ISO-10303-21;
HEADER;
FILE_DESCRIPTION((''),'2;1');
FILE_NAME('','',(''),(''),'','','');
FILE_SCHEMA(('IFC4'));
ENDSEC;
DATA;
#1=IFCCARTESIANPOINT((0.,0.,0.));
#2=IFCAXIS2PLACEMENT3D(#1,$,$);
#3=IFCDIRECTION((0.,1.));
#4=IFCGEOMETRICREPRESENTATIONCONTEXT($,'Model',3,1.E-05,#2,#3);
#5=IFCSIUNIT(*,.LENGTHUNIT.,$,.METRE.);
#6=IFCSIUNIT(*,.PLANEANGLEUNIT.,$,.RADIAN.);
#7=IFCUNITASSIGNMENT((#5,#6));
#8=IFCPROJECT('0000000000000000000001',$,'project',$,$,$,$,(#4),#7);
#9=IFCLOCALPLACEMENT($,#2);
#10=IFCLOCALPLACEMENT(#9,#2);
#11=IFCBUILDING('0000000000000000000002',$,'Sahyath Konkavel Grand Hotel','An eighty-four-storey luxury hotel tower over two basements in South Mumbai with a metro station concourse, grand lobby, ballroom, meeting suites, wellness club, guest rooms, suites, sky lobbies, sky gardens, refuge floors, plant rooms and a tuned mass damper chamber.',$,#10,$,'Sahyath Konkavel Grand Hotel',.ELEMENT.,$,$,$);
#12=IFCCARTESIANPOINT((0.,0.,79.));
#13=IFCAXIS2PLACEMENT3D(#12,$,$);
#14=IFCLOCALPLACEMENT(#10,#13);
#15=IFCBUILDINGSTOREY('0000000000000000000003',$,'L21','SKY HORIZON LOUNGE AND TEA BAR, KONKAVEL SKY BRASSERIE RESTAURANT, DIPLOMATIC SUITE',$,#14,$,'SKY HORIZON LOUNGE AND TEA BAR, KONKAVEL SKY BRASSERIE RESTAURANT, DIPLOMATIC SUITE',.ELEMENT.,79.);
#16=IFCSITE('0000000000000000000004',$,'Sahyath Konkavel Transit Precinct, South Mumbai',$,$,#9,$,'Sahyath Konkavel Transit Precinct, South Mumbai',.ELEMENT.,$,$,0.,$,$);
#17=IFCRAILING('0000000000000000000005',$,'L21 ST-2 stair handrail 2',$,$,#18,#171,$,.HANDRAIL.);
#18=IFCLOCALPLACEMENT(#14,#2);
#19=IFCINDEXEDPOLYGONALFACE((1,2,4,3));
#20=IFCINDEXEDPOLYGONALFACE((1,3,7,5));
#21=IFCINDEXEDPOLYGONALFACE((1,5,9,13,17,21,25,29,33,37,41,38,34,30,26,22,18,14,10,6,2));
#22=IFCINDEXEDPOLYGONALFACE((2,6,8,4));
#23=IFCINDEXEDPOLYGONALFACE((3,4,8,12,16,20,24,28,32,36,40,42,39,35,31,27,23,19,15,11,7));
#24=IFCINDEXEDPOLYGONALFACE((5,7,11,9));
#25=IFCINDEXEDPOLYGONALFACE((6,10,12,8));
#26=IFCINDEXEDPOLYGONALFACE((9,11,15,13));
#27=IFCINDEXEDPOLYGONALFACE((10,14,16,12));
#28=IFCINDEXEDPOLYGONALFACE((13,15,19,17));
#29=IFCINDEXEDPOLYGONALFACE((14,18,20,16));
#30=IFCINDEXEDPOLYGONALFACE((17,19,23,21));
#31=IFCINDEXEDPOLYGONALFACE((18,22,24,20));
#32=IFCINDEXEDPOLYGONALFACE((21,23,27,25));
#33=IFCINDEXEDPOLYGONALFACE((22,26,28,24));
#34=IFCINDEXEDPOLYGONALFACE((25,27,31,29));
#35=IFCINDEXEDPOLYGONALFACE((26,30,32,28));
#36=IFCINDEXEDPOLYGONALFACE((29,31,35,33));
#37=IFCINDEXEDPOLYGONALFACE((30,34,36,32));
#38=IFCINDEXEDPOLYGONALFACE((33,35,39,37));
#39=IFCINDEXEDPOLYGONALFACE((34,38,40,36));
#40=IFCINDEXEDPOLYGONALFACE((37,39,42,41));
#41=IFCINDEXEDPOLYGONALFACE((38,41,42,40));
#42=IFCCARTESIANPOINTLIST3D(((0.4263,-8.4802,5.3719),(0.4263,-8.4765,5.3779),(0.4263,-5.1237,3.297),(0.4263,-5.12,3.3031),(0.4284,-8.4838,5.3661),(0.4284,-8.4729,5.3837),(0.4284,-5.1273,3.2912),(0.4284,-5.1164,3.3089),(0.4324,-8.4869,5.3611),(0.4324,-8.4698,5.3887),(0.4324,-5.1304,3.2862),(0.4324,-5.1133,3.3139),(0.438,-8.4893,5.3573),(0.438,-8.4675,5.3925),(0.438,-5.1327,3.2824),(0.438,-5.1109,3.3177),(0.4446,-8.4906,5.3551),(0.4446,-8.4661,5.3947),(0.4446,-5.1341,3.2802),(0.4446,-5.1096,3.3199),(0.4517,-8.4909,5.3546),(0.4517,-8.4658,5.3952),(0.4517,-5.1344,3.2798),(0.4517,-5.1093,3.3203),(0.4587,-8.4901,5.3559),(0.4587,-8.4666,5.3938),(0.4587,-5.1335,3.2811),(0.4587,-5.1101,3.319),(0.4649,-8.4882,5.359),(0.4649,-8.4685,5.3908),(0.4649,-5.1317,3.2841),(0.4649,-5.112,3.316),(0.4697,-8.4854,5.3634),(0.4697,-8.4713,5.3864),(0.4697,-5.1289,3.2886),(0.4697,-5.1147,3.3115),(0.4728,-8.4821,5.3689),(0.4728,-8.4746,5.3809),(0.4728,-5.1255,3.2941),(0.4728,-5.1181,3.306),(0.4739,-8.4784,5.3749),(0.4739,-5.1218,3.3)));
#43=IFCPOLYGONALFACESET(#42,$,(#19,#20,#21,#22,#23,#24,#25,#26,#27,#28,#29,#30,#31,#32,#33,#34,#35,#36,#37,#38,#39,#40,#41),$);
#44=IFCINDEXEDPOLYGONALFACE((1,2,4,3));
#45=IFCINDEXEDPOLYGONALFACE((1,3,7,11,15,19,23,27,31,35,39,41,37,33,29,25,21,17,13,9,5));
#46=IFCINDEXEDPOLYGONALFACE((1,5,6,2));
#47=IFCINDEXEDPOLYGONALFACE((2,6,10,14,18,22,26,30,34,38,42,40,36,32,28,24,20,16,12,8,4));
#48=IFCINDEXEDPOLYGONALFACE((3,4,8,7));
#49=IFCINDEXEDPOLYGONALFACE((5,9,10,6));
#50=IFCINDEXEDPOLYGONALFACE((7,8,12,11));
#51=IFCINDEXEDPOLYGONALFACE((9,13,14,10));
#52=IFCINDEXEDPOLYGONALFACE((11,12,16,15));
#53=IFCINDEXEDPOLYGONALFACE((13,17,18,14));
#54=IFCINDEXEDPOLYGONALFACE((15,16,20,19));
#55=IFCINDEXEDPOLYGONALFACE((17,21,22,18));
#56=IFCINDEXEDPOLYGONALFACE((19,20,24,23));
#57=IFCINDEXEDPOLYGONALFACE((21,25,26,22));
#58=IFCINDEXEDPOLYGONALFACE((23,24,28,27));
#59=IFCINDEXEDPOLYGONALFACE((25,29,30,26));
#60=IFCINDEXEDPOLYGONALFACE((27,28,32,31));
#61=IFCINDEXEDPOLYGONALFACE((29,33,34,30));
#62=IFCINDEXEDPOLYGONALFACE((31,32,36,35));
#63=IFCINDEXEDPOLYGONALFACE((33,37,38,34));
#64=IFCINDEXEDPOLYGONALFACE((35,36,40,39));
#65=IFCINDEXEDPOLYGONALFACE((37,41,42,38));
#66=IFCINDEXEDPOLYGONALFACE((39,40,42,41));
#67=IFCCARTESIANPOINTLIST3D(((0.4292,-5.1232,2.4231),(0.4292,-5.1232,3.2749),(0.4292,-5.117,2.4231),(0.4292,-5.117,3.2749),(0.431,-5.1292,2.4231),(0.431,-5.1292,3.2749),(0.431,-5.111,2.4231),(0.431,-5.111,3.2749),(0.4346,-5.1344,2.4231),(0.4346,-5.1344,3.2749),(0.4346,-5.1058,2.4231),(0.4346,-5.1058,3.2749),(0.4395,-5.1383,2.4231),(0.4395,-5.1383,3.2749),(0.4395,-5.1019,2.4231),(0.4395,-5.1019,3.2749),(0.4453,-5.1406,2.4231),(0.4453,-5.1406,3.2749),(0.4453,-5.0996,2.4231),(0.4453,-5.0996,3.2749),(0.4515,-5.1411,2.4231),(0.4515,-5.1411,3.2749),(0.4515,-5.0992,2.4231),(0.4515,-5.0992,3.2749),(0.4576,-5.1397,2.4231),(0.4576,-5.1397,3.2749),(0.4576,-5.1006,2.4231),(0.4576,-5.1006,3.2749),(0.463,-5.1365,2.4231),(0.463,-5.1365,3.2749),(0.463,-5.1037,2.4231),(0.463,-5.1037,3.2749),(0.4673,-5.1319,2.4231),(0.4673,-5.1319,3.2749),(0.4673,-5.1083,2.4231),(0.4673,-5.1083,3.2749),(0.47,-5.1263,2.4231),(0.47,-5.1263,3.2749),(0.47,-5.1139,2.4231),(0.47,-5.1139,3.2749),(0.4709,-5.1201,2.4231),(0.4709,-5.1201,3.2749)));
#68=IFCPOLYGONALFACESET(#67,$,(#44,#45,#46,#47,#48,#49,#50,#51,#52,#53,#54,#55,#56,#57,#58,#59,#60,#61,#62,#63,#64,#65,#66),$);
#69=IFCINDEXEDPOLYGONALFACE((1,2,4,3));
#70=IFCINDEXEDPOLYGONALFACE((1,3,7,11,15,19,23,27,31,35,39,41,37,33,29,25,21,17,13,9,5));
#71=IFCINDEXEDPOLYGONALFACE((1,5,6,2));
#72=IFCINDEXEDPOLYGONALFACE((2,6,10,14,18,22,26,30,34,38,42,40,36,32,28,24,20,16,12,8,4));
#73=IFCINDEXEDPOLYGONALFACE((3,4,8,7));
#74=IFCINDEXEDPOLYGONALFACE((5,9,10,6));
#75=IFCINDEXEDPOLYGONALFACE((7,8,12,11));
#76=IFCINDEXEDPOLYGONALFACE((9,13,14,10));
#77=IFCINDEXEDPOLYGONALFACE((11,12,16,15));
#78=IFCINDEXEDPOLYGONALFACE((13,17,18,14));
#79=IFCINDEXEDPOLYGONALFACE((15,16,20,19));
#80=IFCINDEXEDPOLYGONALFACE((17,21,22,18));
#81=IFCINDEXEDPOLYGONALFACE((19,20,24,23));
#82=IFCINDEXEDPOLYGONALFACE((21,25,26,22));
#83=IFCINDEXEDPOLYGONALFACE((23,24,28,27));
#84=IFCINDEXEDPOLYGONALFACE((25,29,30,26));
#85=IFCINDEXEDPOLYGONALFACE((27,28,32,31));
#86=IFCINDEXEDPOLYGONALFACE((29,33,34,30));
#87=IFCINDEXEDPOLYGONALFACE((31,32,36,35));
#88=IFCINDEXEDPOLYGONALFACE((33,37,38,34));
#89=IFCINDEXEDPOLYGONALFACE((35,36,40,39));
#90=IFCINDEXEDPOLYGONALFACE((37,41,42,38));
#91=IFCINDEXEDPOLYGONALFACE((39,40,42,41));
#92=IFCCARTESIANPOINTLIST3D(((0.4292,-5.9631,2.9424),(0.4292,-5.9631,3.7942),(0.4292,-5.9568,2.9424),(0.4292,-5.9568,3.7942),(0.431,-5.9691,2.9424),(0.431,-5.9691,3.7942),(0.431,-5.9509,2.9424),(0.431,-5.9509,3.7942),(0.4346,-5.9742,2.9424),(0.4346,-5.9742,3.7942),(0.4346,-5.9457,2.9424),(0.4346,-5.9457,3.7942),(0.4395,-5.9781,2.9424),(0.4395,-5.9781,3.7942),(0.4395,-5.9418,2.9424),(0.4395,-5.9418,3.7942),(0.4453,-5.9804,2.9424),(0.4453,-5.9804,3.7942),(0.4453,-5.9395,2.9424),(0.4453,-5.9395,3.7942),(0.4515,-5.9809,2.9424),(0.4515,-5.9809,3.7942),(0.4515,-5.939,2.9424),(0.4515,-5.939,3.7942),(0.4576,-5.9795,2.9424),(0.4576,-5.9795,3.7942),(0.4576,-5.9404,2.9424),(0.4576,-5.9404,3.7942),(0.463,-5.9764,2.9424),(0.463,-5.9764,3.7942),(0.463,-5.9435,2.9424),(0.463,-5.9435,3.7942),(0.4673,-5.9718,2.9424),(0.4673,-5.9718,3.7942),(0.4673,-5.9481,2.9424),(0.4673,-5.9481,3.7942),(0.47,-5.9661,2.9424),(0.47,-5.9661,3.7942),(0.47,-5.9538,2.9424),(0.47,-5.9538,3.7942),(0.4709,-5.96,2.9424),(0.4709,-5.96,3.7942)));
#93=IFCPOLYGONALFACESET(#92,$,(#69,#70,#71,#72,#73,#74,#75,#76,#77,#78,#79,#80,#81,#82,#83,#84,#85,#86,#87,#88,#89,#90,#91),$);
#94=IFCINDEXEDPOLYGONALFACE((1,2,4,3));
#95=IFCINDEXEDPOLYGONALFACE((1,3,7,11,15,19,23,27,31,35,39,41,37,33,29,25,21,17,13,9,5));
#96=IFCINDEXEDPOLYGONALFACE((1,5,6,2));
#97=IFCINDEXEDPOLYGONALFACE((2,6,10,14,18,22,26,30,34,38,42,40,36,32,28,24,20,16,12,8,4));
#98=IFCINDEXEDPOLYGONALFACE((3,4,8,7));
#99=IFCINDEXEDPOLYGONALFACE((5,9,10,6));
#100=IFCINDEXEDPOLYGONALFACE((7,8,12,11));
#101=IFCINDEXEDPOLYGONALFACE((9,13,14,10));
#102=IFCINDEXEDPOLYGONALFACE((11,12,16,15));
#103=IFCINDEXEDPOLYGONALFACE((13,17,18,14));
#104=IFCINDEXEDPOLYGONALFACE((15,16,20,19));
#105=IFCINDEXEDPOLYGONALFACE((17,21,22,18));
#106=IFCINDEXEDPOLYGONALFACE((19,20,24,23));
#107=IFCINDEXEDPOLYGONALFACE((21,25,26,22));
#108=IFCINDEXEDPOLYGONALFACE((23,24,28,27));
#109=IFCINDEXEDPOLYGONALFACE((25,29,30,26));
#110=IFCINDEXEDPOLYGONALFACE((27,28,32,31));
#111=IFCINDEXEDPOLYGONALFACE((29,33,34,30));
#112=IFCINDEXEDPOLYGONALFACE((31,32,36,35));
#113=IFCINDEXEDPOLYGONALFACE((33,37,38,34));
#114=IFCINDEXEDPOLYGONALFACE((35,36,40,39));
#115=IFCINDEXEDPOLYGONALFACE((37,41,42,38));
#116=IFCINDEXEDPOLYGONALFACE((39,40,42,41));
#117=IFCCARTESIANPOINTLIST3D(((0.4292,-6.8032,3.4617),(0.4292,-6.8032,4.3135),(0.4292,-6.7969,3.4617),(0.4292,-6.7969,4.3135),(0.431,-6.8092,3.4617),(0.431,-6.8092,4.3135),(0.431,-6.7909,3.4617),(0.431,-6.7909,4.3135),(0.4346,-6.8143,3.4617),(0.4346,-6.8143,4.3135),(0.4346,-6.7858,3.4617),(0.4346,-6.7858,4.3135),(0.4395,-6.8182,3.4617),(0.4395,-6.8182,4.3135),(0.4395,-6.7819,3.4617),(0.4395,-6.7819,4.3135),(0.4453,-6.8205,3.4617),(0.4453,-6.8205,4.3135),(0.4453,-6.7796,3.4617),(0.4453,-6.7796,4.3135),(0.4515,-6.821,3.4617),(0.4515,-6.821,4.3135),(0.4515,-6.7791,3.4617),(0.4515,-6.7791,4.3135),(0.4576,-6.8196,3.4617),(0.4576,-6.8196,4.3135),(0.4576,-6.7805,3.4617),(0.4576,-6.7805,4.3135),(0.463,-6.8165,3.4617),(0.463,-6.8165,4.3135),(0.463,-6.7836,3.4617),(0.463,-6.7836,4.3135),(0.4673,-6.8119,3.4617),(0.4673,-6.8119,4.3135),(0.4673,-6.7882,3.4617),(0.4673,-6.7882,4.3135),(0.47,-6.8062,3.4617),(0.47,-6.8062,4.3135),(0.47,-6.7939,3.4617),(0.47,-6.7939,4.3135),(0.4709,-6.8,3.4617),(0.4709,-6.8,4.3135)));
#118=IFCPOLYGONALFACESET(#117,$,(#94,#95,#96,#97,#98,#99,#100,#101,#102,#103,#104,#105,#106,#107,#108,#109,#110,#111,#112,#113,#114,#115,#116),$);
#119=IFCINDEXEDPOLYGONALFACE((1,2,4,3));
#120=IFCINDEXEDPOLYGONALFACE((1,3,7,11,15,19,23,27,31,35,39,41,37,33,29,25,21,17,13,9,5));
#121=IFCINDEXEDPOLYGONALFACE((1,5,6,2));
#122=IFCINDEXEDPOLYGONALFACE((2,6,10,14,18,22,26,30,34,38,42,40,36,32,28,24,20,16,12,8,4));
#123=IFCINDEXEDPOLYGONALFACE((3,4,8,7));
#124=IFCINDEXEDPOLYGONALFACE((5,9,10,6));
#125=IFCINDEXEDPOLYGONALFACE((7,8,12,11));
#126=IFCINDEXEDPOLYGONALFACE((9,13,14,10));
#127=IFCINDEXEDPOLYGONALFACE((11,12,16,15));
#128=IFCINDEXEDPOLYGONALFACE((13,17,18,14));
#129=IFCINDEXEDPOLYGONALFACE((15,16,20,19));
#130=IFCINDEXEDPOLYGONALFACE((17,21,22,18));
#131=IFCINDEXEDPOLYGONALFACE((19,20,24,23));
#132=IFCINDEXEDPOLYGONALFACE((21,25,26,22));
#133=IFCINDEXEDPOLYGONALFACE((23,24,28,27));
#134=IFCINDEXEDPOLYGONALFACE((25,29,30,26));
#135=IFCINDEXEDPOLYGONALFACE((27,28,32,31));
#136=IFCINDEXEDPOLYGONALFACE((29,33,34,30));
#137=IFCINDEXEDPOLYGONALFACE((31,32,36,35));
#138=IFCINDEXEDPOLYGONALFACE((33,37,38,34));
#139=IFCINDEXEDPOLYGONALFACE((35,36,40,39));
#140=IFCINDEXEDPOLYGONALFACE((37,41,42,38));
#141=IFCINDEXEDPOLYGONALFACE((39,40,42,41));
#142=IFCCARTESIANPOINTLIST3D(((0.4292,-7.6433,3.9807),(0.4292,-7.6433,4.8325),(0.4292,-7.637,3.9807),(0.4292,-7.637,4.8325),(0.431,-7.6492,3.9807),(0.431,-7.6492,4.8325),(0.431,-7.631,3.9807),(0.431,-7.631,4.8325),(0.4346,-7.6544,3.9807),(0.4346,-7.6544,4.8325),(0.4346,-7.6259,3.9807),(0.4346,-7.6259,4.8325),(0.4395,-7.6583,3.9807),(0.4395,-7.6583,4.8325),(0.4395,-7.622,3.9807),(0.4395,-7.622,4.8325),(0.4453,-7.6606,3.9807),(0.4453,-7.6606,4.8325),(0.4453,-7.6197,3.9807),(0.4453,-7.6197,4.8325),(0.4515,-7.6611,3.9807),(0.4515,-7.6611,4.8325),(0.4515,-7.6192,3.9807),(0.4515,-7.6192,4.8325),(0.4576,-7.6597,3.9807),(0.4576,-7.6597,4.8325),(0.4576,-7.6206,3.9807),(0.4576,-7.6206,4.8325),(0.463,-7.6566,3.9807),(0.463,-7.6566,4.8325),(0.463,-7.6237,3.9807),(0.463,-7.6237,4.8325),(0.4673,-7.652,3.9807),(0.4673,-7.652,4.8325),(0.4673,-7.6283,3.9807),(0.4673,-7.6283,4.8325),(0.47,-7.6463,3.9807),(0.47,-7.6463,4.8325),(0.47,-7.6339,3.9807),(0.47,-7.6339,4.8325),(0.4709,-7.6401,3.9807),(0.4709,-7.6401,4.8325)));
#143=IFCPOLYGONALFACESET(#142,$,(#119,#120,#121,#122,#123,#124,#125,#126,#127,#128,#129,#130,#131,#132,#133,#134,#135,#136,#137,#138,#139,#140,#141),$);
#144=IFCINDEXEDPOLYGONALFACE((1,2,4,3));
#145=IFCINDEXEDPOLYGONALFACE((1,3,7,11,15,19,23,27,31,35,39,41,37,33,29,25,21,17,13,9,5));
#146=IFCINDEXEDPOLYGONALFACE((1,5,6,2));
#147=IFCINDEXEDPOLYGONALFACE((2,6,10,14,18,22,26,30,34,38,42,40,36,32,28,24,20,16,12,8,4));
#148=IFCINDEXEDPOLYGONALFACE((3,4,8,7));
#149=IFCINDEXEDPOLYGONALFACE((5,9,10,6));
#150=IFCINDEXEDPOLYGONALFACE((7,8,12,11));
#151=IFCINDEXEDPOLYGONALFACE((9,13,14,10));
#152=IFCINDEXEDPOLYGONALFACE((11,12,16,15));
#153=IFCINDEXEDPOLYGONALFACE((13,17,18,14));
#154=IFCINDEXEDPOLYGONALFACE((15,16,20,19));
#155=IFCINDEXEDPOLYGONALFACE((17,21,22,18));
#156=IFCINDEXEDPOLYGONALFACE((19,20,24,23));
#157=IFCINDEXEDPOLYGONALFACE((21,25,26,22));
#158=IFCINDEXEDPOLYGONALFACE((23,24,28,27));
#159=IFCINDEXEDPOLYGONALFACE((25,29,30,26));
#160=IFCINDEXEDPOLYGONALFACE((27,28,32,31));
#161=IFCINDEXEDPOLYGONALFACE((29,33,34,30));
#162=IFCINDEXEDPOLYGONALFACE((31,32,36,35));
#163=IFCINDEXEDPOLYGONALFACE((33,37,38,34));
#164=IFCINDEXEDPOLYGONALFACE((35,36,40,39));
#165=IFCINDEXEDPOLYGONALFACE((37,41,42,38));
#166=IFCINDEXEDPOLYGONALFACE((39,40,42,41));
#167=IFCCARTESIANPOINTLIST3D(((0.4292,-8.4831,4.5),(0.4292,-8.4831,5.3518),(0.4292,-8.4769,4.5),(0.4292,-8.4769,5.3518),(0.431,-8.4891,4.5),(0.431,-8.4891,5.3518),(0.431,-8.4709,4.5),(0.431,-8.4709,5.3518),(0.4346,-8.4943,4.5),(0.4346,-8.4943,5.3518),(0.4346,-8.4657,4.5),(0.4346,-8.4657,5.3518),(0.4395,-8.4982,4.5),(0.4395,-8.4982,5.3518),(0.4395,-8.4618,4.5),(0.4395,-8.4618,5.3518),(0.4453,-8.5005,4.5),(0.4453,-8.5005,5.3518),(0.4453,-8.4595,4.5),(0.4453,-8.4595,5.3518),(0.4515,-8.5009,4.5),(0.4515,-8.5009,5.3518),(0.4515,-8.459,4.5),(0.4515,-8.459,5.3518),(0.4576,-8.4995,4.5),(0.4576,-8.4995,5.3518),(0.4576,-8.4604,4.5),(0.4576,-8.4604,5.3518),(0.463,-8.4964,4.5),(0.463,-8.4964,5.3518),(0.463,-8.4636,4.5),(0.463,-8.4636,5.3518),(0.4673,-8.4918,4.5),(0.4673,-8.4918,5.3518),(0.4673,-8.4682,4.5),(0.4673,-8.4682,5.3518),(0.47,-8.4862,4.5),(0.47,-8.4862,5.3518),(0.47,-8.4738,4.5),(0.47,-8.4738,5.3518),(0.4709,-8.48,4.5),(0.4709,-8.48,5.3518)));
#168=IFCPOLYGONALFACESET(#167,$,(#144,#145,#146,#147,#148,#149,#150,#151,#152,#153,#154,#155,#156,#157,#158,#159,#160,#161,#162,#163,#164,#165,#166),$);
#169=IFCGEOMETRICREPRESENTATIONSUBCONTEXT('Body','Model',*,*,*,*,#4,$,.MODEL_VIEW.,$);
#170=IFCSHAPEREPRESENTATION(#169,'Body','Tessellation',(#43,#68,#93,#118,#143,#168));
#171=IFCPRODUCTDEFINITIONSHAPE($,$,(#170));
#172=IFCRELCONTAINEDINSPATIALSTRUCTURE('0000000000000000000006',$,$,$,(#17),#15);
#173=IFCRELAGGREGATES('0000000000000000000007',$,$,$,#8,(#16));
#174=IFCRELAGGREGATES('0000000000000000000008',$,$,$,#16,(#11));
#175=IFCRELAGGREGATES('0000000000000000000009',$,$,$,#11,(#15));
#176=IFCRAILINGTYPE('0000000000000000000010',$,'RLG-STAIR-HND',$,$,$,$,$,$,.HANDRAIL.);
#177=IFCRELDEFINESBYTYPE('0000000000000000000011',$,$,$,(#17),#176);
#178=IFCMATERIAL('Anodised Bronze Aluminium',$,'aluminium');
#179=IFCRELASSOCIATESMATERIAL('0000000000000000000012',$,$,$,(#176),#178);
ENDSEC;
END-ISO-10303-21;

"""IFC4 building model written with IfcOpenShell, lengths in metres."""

from ifc_helpers import new_model, si_unit, direction, frame, origin, origin_2d, place, context, subcontext, project, spatial, circle, extrude, material, type_object, element, save


model = new_model("IFC4")

# Units and contexts
model_context = context("Model", 3, precision=1e-05, world=origin(), true_north=direction((0.0, 1.0)))
body_context = subcontext(model_context, "Body", "Model", "MODEL_VIEW")
ifc_project = project(units=[si_unit("LENGTHUNIT", "METRE"), si_unit("PLANEANGLEUNIT", "RADIAN")], contexts=[model_context])

# Site, building, storey
site_placement = place(None, origin())
site = spatial("IfcSite", under=ifc_project, at=site_placement, Name="Sahyath Konkavel Transit Precinct, South Mumbai", LongName="Sahyath Konkavel Transit Precinct, South Mumbai", CompositionType="ELEMENT", RefElevation=0.0)
building_placement = place(site_placement, origin())
building = spatial("IfcBuilding", under=site, at=building_placement, Name="Sahyath Konkavel Grand Hotel", Description="An eighty-four-storey luxury hotel tower over two basements in South Mumbai with a metro station concourse, grand lobby, ballroom, meeting suites, wellness club, guest rooms, suites, sky lobbies, sky gardens, refuge floors, plant rooms and a tuned mass damper chamber.", LongName="Sahyath Konkavel Grand Hotel", CompositionType="ELEMENT")
storey_placement = place(building_placement, frame((0.0, 0.0, 79.0)))
storey = spatial("IfcBuildingStorey", under=building, at=storey_placement, Name="L21", Description="SKY HORIZON LOUNGE AND TEA BAR, KONKAVEL SKY BRASSERIE RESTAURANT, DIPLOMATIC SUITE", LongName="SKY HORIZON LOUNGE AND TEA BAR, KONKAVEL SKY BRASSERIE RESTAURANT, DIPLOMATIC SUITE", CompositionType="ELEMENT", Elevation=79.0)

# Railing
ifc_material_1 = material(Name="Anodised Bronze Aluminium", Category="aluminium")
railing_type_1 = type_object("IfcRailingType", Name="RLG-STAIR-HND", PredefinedType="HANDRAIL", material=ifc_material_1)
railing_1_placement = place(storey_placement, frame((0.45, -5.1201, 2.4231)))
element("IfcRailing", 1, at=railing_1_placement, inside=storey, type_object=railing_type_1, Name="L21 ST-2 stair handrail 2", PredefinedType="HANDRAIL", context=body_context, shape_type="SweptSolid", body=[
    extrude(circle(Radius=0.0239, at=origin_2d()), frame((0.0, -0.0017, 0.877), z_axis=(0.0, -0.850606, 0.525803), x_axis=(1.0, 0.0, 0.0)), (0.0, 0.0, 1.0), 3.946),
    extrude(circle(Radius=0.021, at=origin_2d()), origin(), (0.0, 0.0, 1.0), 0.8518),
    extrude(circle(Radius=0.021, at=origin_2d()), frame((0.0, -0.8398, 0.5193)), (0.0, 0.0, 1.0), 0.8518),
    extrude(circle(Radius=0.021, at=origin_2d()), frame((0.0, -1.6799, 1.0386)), (0.0, 0.0, 1.0), 0.8518),
    extrude(circle(Radius=0.021, at=origin_2d()), frame((0.0, -2.52, 1.5576)), (0.0, 0.0, 1.0), 0.8518),
    extrude(circle(Radius=0.021, at=origin_2d()), frame((0.0, -3.3599, 2.0769)), (0.0, 0.0, 1.0), 0.8518),
])

save(model, "model.ifc")
